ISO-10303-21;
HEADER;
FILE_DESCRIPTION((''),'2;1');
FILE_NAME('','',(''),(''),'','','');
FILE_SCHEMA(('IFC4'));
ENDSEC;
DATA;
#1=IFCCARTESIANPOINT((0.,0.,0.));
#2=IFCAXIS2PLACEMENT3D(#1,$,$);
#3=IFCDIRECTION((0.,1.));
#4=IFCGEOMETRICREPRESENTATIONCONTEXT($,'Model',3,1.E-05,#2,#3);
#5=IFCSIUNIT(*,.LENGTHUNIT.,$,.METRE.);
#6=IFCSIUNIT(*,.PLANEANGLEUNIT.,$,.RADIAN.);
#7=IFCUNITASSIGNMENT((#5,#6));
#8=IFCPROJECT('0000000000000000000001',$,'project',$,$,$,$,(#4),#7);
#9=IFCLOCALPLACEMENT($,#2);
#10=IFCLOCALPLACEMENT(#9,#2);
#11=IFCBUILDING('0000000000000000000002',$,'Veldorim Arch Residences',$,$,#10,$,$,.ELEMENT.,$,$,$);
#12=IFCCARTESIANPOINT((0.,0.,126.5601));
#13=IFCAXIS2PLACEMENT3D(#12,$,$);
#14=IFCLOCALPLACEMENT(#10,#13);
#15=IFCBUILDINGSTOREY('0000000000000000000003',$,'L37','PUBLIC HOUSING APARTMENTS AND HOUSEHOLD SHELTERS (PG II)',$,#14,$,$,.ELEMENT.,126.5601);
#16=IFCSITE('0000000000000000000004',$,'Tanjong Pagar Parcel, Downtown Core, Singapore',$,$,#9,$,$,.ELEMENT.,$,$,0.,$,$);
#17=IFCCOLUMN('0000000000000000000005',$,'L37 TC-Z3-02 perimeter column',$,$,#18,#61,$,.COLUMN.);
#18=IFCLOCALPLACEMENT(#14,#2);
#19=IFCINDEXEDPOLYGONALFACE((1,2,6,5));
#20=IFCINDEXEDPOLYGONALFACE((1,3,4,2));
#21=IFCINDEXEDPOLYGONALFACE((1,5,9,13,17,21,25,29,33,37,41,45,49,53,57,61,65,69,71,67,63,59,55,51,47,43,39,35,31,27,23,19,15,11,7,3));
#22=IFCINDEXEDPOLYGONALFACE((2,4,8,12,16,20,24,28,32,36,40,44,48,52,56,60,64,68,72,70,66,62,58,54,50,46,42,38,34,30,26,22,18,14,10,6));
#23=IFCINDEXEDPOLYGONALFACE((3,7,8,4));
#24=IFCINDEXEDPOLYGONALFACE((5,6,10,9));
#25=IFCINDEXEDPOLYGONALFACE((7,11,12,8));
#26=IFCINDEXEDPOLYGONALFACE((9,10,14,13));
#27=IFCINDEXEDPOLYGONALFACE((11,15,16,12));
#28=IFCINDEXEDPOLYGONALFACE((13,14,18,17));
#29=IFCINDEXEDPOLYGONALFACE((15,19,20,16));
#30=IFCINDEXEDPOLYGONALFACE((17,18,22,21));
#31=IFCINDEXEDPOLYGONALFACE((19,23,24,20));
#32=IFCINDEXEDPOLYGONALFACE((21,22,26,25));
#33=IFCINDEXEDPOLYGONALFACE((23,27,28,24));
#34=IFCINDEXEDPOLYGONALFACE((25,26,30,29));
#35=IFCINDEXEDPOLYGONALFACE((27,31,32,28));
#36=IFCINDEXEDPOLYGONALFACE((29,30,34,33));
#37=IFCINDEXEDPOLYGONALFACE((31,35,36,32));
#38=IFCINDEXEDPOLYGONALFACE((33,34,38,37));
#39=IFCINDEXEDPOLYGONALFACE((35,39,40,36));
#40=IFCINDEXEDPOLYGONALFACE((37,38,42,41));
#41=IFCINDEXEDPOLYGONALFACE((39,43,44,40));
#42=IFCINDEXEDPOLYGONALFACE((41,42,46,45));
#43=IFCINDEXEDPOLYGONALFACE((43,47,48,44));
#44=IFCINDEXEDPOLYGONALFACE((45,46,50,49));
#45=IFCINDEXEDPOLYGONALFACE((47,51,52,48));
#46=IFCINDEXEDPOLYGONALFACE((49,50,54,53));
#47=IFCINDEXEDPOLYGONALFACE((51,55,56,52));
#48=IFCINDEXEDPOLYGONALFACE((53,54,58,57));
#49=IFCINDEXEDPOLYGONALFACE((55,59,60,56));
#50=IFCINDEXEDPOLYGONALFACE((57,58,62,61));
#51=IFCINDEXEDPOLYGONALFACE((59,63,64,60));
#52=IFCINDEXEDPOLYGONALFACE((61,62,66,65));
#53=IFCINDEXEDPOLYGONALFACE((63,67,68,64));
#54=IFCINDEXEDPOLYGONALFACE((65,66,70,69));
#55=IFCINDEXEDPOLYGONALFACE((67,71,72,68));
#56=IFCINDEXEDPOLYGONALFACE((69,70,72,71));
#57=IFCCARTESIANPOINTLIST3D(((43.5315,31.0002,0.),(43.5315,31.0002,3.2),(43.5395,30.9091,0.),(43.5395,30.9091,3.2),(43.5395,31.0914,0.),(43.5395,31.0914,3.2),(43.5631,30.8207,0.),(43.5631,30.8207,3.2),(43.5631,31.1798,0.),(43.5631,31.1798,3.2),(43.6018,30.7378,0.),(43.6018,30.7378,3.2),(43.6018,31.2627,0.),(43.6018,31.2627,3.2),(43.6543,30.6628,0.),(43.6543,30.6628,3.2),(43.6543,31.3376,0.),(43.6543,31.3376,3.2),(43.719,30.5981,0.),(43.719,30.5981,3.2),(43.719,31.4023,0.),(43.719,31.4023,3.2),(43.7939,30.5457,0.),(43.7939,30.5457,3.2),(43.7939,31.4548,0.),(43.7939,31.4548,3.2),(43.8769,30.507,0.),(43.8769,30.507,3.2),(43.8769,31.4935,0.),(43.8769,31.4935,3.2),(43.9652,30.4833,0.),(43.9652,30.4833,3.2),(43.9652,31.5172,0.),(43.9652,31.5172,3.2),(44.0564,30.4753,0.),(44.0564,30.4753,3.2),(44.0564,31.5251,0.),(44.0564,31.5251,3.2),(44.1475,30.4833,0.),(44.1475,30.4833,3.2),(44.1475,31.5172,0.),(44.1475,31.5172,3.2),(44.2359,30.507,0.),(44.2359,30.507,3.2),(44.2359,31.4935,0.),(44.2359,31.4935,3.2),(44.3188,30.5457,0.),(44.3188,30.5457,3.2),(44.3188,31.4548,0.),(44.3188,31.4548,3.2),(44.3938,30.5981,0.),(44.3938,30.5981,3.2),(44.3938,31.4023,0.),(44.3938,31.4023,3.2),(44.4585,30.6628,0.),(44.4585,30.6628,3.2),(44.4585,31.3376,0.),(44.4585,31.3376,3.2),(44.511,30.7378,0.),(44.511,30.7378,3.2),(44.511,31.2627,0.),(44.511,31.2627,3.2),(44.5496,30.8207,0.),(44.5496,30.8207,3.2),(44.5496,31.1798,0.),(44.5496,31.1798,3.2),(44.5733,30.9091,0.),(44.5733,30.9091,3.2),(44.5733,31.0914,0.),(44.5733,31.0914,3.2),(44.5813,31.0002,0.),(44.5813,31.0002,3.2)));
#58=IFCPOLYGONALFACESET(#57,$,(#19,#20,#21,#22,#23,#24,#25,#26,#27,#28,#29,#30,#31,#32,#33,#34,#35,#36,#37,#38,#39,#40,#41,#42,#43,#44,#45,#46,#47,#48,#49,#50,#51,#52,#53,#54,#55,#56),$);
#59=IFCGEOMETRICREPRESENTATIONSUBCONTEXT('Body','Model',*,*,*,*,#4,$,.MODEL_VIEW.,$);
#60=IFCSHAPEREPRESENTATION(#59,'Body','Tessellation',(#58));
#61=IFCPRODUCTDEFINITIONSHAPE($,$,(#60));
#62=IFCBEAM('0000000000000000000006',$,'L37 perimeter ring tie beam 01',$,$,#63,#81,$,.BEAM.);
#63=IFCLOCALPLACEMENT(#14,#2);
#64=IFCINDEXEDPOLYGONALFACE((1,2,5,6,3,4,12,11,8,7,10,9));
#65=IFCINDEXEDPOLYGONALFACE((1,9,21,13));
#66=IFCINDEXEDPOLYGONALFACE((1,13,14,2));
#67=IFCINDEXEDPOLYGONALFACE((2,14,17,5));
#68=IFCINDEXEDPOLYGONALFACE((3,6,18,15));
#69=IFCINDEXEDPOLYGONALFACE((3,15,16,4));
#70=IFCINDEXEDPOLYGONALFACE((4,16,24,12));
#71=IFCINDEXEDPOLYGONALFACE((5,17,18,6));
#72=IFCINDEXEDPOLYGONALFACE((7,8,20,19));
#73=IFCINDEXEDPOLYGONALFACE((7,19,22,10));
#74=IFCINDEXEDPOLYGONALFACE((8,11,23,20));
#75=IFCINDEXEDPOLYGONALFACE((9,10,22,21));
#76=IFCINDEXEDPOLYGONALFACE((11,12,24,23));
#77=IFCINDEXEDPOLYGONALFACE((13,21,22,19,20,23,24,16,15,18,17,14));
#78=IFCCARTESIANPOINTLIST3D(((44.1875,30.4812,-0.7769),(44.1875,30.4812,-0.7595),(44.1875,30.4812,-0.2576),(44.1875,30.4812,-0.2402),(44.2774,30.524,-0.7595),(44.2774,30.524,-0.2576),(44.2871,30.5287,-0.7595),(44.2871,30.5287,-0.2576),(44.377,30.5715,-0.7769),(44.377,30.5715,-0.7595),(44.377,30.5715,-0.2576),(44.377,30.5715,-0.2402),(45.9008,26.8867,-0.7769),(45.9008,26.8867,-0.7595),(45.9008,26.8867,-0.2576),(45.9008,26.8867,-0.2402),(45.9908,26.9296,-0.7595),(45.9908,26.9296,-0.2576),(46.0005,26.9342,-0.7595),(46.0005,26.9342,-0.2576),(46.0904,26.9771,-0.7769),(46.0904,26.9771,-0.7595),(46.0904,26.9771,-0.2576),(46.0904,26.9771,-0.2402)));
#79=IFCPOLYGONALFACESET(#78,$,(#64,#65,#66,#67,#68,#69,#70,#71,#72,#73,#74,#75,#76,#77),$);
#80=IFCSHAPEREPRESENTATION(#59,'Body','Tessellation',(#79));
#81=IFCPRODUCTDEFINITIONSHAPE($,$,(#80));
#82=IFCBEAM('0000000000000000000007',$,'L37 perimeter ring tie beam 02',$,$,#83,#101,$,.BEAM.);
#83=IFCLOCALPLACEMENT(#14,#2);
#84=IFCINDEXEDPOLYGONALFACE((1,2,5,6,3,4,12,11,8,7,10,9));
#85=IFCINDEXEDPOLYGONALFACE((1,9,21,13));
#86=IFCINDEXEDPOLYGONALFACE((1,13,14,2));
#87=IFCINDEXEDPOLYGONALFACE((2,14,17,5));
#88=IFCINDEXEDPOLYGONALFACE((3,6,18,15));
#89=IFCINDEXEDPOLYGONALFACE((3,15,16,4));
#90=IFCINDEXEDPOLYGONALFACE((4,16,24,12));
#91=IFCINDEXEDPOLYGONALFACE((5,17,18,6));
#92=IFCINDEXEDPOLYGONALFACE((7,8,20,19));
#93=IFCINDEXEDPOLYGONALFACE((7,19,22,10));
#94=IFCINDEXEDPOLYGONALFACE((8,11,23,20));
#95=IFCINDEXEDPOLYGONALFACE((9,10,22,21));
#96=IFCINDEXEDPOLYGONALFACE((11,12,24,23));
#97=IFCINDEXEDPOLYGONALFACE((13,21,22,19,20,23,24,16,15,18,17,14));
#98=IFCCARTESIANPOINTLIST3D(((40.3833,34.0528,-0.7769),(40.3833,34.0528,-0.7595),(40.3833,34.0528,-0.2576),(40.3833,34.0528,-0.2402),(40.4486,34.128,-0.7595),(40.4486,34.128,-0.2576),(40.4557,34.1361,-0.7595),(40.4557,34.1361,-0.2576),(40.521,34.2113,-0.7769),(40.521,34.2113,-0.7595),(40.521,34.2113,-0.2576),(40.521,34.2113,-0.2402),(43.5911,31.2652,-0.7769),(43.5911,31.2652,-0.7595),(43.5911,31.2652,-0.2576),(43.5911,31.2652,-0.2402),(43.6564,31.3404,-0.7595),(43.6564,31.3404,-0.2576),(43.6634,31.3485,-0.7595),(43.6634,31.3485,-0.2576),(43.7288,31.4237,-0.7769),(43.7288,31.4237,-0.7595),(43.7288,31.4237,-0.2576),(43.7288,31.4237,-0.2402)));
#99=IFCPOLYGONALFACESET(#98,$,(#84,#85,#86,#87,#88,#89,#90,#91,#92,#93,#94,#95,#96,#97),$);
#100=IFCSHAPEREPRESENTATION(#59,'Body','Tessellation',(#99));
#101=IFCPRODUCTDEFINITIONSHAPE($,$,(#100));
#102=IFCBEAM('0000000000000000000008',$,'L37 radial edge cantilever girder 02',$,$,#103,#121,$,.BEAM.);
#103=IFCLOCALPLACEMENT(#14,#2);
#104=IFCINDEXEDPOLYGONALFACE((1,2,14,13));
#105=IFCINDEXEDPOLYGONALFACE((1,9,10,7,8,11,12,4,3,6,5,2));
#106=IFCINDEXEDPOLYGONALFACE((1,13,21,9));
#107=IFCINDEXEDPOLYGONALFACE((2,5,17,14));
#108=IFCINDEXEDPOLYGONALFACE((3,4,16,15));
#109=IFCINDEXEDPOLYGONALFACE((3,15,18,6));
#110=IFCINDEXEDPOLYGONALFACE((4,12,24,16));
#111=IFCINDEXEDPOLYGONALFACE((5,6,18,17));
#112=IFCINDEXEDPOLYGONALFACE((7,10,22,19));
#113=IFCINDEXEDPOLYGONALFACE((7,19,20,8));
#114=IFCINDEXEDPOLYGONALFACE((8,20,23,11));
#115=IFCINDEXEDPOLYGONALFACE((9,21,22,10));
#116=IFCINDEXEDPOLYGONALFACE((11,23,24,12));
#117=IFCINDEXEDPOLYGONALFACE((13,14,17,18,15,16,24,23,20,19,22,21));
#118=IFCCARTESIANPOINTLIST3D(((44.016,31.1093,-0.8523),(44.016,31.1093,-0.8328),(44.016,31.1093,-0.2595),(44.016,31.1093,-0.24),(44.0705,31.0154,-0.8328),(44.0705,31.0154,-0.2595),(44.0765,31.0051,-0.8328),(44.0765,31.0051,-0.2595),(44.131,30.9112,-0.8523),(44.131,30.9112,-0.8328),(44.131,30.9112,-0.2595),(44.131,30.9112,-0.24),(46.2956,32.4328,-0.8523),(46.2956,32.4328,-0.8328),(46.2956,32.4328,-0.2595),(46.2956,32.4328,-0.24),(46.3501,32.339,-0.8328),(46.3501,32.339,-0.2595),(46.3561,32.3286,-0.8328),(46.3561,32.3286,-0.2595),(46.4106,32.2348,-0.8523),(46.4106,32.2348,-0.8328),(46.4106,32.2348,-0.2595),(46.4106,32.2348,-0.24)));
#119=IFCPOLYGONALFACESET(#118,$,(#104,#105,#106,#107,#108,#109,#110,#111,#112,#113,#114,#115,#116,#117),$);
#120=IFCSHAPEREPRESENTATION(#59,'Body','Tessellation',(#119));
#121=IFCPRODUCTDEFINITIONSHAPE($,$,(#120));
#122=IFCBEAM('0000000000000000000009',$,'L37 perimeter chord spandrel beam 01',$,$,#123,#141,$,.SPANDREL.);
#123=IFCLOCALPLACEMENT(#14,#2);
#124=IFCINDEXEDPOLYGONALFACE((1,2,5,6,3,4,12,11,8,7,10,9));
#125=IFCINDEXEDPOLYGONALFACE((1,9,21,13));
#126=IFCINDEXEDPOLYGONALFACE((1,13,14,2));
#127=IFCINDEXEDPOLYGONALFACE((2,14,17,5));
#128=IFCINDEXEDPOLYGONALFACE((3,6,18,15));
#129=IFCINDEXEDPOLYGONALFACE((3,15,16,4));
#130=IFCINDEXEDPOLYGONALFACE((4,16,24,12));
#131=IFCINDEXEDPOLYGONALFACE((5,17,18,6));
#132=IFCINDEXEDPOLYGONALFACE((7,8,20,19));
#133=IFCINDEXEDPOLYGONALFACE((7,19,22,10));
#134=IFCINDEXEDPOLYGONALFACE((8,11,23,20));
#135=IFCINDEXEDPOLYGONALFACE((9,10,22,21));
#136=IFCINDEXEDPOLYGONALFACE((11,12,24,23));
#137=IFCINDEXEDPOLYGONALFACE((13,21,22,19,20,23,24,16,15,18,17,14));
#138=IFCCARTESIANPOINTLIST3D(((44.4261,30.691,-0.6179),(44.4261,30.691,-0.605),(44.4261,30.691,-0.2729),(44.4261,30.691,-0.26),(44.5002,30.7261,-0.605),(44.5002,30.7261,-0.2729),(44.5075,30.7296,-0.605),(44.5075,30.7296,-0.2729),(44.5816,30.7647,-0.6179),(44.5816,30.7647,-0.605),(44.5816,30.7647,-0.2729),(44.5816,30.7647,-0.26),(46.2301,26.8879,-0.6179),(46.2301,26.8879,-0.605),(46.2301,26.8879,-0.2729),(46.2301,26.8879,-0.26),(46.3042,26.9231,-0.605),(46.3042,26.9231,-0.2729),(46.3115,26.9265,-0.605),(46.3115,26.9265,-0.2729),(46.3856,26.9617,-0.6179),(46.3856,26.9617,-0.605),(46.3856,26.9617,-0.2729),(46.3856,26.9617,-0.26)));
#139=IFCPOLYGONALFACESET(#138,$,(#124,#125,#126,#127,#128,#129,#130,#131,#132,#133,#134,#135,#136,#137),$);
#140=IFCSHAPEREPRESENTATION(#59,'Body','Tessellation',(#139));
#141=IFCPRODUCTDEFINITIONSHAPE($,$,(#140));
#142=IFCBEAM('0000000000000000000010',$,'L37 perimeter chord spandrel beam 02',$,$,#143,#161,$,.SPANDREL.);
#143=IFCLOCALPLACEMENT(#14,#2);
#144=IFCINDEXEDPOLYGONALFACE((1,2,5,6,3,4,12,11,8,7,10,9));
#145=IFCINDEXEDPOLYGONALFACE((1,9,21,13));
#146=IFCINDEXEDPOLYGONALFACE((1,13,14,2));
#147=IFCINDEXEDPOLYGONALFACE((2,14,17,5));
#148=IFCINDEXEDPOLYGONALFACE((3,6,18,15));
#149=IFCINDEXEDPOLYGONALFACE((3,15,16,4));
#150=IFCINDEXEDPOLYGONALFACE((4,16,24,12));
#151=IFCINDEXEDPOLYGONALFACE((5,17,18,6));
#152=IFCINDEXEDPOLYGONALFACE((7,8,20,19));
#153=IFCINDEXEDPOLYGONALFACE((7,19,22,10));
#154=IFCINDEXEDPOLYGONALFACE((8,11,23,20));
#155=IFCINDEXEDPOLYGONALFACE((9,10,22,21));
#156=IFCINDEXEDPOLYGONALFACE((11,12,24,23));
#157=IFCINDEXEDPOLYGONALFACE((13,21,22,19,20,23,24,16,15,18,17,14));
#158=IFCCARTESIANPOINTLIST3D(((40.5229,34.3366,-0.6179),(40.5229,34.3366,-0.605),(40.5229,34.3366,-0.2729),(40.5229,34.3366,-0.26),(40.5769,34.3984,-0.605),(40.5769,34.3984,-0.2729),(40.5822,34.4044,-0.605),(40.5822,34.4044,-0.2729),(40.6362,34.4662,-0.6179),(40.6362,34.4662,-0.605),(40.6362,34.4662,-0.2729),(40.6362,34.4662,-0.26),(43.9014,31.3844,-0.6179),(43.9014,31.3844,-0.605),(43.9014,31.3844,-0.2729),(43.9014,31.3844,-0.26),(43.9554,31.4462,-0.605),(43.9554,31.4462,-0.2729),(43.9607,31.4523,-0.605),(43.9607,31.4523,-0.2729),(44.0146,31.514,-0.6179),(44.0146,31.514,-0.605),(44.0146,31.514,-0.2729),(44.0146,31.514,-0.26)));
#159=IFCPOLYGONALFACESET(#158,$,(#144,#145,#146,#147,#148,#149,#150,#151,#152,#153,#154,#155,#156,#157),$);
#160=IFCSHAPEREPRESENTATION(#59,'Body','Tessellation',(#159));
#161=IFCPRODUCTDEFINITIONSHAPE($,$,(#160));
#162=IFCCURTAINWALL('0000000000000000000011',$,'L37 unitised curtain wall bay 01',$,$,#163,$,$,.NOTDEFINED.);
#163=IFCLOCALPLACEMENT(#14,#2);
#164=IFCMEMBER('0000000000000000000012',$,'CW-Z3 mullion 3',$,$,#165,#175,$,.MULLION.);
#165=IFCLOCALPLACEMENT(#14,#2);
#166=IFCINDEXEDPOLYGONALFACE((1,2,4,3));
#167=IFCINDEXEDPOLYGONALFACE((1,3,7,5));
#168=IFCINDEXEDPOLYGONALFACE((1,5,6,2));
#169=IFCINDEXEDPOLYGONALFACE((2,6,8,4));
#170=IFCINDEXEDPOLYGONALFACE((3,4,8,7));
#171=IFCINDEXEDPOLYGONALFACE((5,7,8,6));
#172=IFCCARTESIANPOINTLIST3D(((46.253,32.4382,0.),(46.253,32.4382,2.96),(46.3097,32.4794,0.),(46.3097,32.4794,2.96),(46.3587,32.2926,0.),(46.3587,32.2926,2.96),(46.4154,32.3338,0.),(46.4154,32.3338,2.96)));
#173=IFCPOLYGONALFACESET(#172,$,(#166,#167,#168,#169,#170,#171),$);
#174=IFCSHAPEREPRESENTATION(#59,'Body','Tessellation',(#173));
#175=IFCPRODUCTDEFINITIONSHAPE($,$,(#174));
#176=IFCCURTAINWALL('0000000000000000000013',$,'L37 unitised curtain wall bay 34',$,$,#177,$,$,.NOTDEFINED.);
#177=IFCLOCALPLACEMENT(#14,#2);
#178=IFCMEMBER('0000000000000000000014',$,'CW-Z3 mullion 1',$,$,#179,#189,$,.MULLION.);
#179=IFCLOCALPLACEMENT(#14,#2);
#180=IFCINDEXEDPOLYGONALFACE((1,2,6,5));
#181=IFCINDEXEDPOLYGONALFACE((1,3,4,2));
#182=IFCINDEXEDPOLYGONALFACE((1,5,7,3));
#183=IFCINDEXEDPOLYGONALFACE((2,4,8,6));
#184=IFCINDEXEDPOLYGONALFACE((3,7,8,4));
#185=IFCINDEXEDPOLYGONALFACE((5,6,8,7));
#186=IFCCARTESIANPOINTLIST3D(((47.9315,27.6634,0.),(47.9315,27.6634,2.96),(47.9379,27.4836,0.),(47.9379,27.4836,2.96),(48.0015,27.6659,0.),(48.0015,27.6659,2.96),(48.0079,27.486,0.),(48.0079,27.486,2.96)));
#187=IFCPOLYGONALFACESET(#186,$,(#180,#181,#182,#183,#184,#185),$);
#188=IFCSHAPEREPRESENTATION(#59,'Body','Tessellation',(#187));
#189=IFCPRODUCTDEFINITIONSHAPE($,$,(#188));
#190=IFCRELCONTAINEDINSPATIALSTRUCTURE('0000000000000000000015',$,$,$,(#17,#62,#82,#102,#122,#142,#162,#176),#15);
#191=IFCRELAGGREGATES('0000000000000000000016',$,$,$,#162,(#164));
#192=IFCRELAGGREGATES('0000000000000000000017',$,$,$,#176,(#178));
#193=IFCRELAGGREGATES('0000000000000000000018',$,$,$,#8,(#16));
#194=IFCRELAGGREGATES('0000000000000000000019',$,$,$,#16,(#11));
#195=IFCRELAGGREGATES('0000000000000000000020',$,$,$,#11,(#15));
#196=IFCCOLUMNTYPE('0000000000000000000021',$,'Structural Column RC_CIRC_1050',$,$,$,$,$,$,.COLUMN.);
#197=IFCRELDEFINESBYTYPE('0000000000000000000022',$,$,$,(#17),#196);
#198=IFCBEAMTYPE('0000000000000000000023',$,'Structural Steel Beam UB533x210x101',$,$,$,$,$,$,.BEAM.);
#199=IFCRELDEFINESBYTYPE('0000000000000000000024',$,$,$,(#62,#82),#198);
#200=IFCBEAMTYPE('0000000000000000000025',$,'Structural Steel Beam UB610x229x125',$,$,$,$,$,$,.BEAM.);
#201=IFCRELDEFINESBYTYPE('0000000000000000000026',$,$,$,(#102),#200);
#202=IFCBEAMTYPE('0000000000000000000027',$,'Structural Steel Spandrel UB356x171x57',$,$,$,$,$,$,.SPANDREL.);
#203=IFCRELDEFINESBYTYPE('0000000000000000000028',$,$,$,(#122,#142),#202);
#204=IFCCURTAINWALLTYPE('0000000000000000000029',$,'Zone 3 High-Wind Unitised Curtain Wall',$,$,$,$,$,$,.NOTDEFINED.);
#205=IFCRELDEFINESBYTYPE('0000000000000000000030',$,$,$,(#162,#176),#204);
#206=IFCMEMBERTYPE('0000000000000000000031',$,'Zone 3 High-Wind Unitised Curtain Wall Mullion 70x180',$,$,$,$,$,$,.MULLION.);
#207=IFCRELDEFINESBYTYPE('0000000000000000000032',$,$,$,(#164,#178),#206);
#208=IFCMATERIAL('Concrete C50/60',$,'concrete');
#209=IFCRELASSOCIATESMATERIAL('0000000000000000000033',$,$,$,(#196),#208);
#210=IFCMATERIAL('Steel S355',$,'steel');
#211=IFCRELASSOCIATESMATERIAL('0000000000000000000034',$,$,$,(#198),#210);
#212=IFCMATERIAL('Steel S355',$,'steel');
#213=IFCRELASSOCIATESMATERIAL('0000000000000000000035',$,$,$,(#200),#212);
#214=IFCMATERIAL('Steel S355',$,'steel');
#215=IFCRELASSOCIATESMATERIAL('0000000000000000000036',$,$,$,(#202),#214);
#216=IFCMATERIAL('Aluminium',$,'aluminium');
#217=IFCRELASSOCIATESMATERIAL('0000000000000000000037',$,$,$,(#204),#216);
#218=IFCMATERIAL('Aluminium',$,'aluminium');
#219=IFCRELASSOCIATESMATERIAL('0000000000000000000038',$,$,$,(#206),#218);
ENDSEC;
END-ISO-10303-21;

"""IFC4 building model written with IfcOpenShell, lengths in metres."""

from ifc_helpers import new_model, si_unit, direction, frame, origin, origin_2d, place, context, subcontext, project, spatial, rectangle, circle, i_section, extrude, material, material_profile, profile_set, type_object, element, aggregate, save


model = new_model("IFC4")

# Units and contexts
model_context = context("Model", 3, precision=1e-05, world=origin(), true_north=direction((0.0, 1.0)))
body_context = subcontext(model_context, "Body", "Model", "MODEL_VIEW")
ifc_project = project(units=[si_unit("LENGTHUNIT", "METRE"), si_unit("PLANEANGLEUNIT", "RADIAN")], contexts=[model_context])

# Site, building, storey
site_placement = place(None, origin())
site = spatial("IfcSite", under=ifc_project, at=site_placement, Name="Tanjong Pagar Parcel, Downtown Core, Singapore", CompositionType="ELEMENT", RefElevation=0.0)
building_placement = place(site_placement, origin())
building = spatial("IfcBuilding", under=site, at=building_placement, Name="Veldorim Arch Residences", CompositionType="ELEMENT")
storey_placement = place(building_placement, frame((0.0, 0.0, 126.5601)))
storey = spatial("IfcBuildingStorey", under=building, at=storey_placement, Name="L37", Description="PUBLIC HOUSING APARTMENTS AND HOUSEHOLD SHELTERS (PG II)", CompositionType="ELEMENT", Elevation=126.5601)

# Column
ifc_material_1 = material(Name="Concrete C50/60", Category="concrete")
ifc_material_profile_1 = material_profile(ifc_material_1, circle(Radius=0.5249, at=origin_2d()), Name="RC_CIRC_1050")
ifc_profile_set_1 = profile_set([ifc_material_profile_1], Name="Concrete C50/60")
column_type = type_object("IfcColumnType", Name="Structural Column RC_CIRC_1050", PredefinedType="COLUMN", material=ifc_profile_set_1)
column_placement = place(storey_placement, frame((44.0564, 31.0002, 0.0), z_axis=(0.0, 0.0, 1.0), x_axis=(1.0, 0.0, 0.0)))
element("IfcColumn", 1, at=column_placement, inside=storey, type_object=column_type, Name="L37 TC-Z3-02 perimeter column", PredefinedType="COLUMN", context=body_context, shape_type="SweptSolid", body=[
    extrude(circle(Radius=0.5249, at=origin_2d()), origin(), (0.0, 0.0, 1.0), 3.2),
])

# Beams
ifc_material_2 = material(Name="Steel S355", Category="steel")
ifc_material_profile_2 = material_profile(ifc_material_2, i_section(OverallWidth=0.21, OverallDepth=0.5366, WebThickness=0.0107, FlangeThickness=0.0173, at=origin_2d()), Name="UB533x210x101")
ifc_profile_set_2 = profile_set([ifc_material_profile_2], Name="Steel S355")
beam_type_1 = type_object("IfcBeamType", Name="Structural Steel Beam UB533x210x101", PredefinedType="BEAM", material=ifc_profile_set_2)
beam_1_placement = place(storey_placement, frame((45.9956, 26.9319, -0.5085), z_axis=(-0.430286, 0.902693, 0.0), x_axis=(-0.902693, -0.430286, 0.0)))
element("IfcBeam", 2, at=beam_1_placement, inside=storey, type_object=beam_type_1, Name="L37 perimeter ring tie beam 01", PredefinedType="BEAM", context=body_context, shape_type="SweptSolid", body=[
    extrude(i_section(OverallWidth=0.21, OverallDepth=0.5366, WebThickness=0.0107, FlangeThickness=0.0173, at=origin_2d()), origin(), (0.0, 0.0, 1.0), 3.9819),
])
beam_2_placement = place(storey_placement, frame((43.6599, 31.3445, -0.5085), z_axis=(-0.754811, 0.655943, 0.0), x_axis=(-0.655943, -0.754811, 0.0)))
element("IfcBeam", 3, at=beam_2_placement, inside=storey, type_object=beam_type_1, Name="L37 perimeter ring tie beam 02", PredefinedType="BEAM", context=body_context, shape_type="SweptSolid", body=[
    extrude(i_section(OverallWidth=0.21, OverallDepth=0.5366, WebThickness=0.0107, FlangeThickness=0.0173, at=origin_2d()), origin(), (0.0, 0.0, 1.0), 4.2498),
])
ifc_material_3 = material(Name="Steel S355", Category="steel")
ifc_material_profile_3 = material_profile(ifc_material_3, i_section(OverallWidth=0.229, OverallDepth=0.6123, WebThickness=0.012, FlangeThickness=0.0195, at=origin_2d()), Name="UB610x229x125")
ifc_profile_set_3 = profile_set([ifc_material_profile_3], Name="Steel S355")
beam_type_2 = type_object("IfcBeamType", Name="Structural Steel Beam UB610x229x125", PredefinedType="BEAM", material=ifc_profile_set_3)
beam_3_placement = place(storey_placement, frame((44.0735, 31.0103, -0.5461), z_axis=(0.864808, 0.502102, 0.0), x_axis=(-0.502102, 0.864808, 0.0)))
element("IfcBeam", 4, at=beam_3_placement, inside=storey, type_object=beam_type_2, Name="L37 radial edge cantilever girder 02", PredefinedType="BEAM", context=body_context, shape_type="SweptSolid", body=[
    extrude(i_section(OverallWidth=0.229, OverallDepth=0.6123, WebThickness=0.012, FlangeThickness=0.0195, at=origin_2d()), origin(), (0.0, 0.0, 1.0), 2.636),
])
ifc_material_4 = material(Name="Steel S355", Category="steel")
ifc_material_profile_4 = material_profile(ifc_material_4, i_section(OverallWidth=0.1721, OverallDepth=0.3579, WebThickness=0.0081, FlangeThickness=0.0129, at=origin_2d()), Name="UB356x171x57")
ifc_profile_set_4 = profile_set([ifc_material_profile_4], Name="Steel S355")
beam_type_3 = type_object("IfcBeamType", Name="Structural Steel Spandrel UB356x171x57", PredefinedType="SPANDREL", material=ifc_profile_set_4)
beam_4_placement = place(storey_placement, frame((46.3079, 26.9248, -0.439), z_axis=(-0.42858, 0.903504, 0.0), x_axis=(-0.903504, -0.42858, 0.0)))
element("IfcBeam", 5, at=beam_4_placement, inside=storey, type_object=beam_type_3, Name="L37 perimeter chord spandrel beam 01", PredefinedType="SPANDREL", context=body_context, shape_type="SweptSolid", body=[
    extrude(i_section(OverallWidth=0.1721, OverallDepth=0.3579, WebThickness=0.0081, FlangeThickness=0.0129, at=origin_2d()), origin(), (0.0, 0.0, 1.0), 4.2092),
])
beam_5_placement = place(storey_placement, frame((43.958, 31.4492, -0.439), z_axis=(-0.753015, 0.658004, 0.0), x_axis=(-0.658004, -0.753015, 0.0)))
element("IfcBeam", 6, at=beam_5_placement, inside=storey, type_object=beam_type_3, Name="L37 perimeter chord spandrel beam 02", PredefinedType="SPANDREL", context=body_context, shape_type="SweptSolid", body=[
    extrude(i_section(OverallWidth=0.1721, OverallDepth=0.3579, WebThickness=0.0081, FlangeThickness=0.0129, at=origin_2d()), origin(), (0.0, 0.0, 1.0), 4.4866),
])

# Curtain walls, members
ifc_material_5 = material(Name="Aluminium", Category="aluminium")
curtain_wall_type = type_object("IfcCurtainWallType", Name="Zone 3 High-Wind Unitised Curtain Wall", PredefinedType="NOTDEFINED", material=ifc_material_5)
curtain_wall_1_placement = place(storey_placement, origin())
curtain_wall_1 = element("IfcCurtainWall", 7, at=curtain_wall_1_placement, inside=storey, type_object=curtain_wall_type, Name="L37 unitised curtain wall bay 01", PredefinedType="NOTDEFINED")
ifc_material_6 = material(Name="Aluminium", Category="aluminium")
ifc_material_profile_5 = material_profile(ifc_material_6, rectangle(XDim=0.0701, YDim=0.1799, at=origin_2d()), Name="ALU_MUL_70x180")
ifc_profile_set_5 = profile_set([ifc_material_profile_5], Name="Aluminium")
member_type_1 = type_object("IfcMemberType", Name="Zone 3 High-Wind Unitised Curtain Wall Mullion 70x180", PredefinedType="MULLION", material=ifc_profile_set_5)
member_1_placement = place(storey_placement, frame((46.3342, 32.386, 0.0), z_axis=(0.0, 0.0, 1.0), x_axis=(0.809162, 0.587585, 0.0)))
member_1 = element("IfcMember", 8, at=member_1_placement, type_object=member_type_1, Name="CW-Z3 mullion 3", PredefinedType="MULLION", context=body_context, shape_type="SweptSolid", body=[
    extrude(rectangle(XDim=0.0701, YDim=0.1799, at=origin_2d()), origin(), (0.0, 0.0, 1.0), 2.96),
])
curtain_wall_2_placement = place(storey_placement, origin())
curtain_wall_2 = element("IfcCurtainWall", 9, at=curtain_wall_2_placement, inside=storey, type_object=curtain_wall_type, Name="L37 unitised curtain wall bay 34", PredefinedType="NOTDEFINED")
member_2_placement = place(storey_placement, frame((47.9697, 27.5747, 0.0), z_axis=(0.0, 0.0, 1.0), x_axis=(0.99937, 0.035498, 0.0)))
member_2 = element("IfcMember", 10, at=member_2_placement, type_object=member_type_1, Name="CW-Z3 mullion 1", PredefinedType="MULLION", context=body_context, shape_type="SweptSolid", body=[
    extrude(rectangle(XDim=0.0701, YDim=0.1799, at=origin_2d()), origin(), (0.0, 0.0, 1.0), 2.96),
])

aggregate(curtain_wall_1, [member_1])
aggregate(curtain_wall_2, [member_2])

save(model, "model.ifc")
